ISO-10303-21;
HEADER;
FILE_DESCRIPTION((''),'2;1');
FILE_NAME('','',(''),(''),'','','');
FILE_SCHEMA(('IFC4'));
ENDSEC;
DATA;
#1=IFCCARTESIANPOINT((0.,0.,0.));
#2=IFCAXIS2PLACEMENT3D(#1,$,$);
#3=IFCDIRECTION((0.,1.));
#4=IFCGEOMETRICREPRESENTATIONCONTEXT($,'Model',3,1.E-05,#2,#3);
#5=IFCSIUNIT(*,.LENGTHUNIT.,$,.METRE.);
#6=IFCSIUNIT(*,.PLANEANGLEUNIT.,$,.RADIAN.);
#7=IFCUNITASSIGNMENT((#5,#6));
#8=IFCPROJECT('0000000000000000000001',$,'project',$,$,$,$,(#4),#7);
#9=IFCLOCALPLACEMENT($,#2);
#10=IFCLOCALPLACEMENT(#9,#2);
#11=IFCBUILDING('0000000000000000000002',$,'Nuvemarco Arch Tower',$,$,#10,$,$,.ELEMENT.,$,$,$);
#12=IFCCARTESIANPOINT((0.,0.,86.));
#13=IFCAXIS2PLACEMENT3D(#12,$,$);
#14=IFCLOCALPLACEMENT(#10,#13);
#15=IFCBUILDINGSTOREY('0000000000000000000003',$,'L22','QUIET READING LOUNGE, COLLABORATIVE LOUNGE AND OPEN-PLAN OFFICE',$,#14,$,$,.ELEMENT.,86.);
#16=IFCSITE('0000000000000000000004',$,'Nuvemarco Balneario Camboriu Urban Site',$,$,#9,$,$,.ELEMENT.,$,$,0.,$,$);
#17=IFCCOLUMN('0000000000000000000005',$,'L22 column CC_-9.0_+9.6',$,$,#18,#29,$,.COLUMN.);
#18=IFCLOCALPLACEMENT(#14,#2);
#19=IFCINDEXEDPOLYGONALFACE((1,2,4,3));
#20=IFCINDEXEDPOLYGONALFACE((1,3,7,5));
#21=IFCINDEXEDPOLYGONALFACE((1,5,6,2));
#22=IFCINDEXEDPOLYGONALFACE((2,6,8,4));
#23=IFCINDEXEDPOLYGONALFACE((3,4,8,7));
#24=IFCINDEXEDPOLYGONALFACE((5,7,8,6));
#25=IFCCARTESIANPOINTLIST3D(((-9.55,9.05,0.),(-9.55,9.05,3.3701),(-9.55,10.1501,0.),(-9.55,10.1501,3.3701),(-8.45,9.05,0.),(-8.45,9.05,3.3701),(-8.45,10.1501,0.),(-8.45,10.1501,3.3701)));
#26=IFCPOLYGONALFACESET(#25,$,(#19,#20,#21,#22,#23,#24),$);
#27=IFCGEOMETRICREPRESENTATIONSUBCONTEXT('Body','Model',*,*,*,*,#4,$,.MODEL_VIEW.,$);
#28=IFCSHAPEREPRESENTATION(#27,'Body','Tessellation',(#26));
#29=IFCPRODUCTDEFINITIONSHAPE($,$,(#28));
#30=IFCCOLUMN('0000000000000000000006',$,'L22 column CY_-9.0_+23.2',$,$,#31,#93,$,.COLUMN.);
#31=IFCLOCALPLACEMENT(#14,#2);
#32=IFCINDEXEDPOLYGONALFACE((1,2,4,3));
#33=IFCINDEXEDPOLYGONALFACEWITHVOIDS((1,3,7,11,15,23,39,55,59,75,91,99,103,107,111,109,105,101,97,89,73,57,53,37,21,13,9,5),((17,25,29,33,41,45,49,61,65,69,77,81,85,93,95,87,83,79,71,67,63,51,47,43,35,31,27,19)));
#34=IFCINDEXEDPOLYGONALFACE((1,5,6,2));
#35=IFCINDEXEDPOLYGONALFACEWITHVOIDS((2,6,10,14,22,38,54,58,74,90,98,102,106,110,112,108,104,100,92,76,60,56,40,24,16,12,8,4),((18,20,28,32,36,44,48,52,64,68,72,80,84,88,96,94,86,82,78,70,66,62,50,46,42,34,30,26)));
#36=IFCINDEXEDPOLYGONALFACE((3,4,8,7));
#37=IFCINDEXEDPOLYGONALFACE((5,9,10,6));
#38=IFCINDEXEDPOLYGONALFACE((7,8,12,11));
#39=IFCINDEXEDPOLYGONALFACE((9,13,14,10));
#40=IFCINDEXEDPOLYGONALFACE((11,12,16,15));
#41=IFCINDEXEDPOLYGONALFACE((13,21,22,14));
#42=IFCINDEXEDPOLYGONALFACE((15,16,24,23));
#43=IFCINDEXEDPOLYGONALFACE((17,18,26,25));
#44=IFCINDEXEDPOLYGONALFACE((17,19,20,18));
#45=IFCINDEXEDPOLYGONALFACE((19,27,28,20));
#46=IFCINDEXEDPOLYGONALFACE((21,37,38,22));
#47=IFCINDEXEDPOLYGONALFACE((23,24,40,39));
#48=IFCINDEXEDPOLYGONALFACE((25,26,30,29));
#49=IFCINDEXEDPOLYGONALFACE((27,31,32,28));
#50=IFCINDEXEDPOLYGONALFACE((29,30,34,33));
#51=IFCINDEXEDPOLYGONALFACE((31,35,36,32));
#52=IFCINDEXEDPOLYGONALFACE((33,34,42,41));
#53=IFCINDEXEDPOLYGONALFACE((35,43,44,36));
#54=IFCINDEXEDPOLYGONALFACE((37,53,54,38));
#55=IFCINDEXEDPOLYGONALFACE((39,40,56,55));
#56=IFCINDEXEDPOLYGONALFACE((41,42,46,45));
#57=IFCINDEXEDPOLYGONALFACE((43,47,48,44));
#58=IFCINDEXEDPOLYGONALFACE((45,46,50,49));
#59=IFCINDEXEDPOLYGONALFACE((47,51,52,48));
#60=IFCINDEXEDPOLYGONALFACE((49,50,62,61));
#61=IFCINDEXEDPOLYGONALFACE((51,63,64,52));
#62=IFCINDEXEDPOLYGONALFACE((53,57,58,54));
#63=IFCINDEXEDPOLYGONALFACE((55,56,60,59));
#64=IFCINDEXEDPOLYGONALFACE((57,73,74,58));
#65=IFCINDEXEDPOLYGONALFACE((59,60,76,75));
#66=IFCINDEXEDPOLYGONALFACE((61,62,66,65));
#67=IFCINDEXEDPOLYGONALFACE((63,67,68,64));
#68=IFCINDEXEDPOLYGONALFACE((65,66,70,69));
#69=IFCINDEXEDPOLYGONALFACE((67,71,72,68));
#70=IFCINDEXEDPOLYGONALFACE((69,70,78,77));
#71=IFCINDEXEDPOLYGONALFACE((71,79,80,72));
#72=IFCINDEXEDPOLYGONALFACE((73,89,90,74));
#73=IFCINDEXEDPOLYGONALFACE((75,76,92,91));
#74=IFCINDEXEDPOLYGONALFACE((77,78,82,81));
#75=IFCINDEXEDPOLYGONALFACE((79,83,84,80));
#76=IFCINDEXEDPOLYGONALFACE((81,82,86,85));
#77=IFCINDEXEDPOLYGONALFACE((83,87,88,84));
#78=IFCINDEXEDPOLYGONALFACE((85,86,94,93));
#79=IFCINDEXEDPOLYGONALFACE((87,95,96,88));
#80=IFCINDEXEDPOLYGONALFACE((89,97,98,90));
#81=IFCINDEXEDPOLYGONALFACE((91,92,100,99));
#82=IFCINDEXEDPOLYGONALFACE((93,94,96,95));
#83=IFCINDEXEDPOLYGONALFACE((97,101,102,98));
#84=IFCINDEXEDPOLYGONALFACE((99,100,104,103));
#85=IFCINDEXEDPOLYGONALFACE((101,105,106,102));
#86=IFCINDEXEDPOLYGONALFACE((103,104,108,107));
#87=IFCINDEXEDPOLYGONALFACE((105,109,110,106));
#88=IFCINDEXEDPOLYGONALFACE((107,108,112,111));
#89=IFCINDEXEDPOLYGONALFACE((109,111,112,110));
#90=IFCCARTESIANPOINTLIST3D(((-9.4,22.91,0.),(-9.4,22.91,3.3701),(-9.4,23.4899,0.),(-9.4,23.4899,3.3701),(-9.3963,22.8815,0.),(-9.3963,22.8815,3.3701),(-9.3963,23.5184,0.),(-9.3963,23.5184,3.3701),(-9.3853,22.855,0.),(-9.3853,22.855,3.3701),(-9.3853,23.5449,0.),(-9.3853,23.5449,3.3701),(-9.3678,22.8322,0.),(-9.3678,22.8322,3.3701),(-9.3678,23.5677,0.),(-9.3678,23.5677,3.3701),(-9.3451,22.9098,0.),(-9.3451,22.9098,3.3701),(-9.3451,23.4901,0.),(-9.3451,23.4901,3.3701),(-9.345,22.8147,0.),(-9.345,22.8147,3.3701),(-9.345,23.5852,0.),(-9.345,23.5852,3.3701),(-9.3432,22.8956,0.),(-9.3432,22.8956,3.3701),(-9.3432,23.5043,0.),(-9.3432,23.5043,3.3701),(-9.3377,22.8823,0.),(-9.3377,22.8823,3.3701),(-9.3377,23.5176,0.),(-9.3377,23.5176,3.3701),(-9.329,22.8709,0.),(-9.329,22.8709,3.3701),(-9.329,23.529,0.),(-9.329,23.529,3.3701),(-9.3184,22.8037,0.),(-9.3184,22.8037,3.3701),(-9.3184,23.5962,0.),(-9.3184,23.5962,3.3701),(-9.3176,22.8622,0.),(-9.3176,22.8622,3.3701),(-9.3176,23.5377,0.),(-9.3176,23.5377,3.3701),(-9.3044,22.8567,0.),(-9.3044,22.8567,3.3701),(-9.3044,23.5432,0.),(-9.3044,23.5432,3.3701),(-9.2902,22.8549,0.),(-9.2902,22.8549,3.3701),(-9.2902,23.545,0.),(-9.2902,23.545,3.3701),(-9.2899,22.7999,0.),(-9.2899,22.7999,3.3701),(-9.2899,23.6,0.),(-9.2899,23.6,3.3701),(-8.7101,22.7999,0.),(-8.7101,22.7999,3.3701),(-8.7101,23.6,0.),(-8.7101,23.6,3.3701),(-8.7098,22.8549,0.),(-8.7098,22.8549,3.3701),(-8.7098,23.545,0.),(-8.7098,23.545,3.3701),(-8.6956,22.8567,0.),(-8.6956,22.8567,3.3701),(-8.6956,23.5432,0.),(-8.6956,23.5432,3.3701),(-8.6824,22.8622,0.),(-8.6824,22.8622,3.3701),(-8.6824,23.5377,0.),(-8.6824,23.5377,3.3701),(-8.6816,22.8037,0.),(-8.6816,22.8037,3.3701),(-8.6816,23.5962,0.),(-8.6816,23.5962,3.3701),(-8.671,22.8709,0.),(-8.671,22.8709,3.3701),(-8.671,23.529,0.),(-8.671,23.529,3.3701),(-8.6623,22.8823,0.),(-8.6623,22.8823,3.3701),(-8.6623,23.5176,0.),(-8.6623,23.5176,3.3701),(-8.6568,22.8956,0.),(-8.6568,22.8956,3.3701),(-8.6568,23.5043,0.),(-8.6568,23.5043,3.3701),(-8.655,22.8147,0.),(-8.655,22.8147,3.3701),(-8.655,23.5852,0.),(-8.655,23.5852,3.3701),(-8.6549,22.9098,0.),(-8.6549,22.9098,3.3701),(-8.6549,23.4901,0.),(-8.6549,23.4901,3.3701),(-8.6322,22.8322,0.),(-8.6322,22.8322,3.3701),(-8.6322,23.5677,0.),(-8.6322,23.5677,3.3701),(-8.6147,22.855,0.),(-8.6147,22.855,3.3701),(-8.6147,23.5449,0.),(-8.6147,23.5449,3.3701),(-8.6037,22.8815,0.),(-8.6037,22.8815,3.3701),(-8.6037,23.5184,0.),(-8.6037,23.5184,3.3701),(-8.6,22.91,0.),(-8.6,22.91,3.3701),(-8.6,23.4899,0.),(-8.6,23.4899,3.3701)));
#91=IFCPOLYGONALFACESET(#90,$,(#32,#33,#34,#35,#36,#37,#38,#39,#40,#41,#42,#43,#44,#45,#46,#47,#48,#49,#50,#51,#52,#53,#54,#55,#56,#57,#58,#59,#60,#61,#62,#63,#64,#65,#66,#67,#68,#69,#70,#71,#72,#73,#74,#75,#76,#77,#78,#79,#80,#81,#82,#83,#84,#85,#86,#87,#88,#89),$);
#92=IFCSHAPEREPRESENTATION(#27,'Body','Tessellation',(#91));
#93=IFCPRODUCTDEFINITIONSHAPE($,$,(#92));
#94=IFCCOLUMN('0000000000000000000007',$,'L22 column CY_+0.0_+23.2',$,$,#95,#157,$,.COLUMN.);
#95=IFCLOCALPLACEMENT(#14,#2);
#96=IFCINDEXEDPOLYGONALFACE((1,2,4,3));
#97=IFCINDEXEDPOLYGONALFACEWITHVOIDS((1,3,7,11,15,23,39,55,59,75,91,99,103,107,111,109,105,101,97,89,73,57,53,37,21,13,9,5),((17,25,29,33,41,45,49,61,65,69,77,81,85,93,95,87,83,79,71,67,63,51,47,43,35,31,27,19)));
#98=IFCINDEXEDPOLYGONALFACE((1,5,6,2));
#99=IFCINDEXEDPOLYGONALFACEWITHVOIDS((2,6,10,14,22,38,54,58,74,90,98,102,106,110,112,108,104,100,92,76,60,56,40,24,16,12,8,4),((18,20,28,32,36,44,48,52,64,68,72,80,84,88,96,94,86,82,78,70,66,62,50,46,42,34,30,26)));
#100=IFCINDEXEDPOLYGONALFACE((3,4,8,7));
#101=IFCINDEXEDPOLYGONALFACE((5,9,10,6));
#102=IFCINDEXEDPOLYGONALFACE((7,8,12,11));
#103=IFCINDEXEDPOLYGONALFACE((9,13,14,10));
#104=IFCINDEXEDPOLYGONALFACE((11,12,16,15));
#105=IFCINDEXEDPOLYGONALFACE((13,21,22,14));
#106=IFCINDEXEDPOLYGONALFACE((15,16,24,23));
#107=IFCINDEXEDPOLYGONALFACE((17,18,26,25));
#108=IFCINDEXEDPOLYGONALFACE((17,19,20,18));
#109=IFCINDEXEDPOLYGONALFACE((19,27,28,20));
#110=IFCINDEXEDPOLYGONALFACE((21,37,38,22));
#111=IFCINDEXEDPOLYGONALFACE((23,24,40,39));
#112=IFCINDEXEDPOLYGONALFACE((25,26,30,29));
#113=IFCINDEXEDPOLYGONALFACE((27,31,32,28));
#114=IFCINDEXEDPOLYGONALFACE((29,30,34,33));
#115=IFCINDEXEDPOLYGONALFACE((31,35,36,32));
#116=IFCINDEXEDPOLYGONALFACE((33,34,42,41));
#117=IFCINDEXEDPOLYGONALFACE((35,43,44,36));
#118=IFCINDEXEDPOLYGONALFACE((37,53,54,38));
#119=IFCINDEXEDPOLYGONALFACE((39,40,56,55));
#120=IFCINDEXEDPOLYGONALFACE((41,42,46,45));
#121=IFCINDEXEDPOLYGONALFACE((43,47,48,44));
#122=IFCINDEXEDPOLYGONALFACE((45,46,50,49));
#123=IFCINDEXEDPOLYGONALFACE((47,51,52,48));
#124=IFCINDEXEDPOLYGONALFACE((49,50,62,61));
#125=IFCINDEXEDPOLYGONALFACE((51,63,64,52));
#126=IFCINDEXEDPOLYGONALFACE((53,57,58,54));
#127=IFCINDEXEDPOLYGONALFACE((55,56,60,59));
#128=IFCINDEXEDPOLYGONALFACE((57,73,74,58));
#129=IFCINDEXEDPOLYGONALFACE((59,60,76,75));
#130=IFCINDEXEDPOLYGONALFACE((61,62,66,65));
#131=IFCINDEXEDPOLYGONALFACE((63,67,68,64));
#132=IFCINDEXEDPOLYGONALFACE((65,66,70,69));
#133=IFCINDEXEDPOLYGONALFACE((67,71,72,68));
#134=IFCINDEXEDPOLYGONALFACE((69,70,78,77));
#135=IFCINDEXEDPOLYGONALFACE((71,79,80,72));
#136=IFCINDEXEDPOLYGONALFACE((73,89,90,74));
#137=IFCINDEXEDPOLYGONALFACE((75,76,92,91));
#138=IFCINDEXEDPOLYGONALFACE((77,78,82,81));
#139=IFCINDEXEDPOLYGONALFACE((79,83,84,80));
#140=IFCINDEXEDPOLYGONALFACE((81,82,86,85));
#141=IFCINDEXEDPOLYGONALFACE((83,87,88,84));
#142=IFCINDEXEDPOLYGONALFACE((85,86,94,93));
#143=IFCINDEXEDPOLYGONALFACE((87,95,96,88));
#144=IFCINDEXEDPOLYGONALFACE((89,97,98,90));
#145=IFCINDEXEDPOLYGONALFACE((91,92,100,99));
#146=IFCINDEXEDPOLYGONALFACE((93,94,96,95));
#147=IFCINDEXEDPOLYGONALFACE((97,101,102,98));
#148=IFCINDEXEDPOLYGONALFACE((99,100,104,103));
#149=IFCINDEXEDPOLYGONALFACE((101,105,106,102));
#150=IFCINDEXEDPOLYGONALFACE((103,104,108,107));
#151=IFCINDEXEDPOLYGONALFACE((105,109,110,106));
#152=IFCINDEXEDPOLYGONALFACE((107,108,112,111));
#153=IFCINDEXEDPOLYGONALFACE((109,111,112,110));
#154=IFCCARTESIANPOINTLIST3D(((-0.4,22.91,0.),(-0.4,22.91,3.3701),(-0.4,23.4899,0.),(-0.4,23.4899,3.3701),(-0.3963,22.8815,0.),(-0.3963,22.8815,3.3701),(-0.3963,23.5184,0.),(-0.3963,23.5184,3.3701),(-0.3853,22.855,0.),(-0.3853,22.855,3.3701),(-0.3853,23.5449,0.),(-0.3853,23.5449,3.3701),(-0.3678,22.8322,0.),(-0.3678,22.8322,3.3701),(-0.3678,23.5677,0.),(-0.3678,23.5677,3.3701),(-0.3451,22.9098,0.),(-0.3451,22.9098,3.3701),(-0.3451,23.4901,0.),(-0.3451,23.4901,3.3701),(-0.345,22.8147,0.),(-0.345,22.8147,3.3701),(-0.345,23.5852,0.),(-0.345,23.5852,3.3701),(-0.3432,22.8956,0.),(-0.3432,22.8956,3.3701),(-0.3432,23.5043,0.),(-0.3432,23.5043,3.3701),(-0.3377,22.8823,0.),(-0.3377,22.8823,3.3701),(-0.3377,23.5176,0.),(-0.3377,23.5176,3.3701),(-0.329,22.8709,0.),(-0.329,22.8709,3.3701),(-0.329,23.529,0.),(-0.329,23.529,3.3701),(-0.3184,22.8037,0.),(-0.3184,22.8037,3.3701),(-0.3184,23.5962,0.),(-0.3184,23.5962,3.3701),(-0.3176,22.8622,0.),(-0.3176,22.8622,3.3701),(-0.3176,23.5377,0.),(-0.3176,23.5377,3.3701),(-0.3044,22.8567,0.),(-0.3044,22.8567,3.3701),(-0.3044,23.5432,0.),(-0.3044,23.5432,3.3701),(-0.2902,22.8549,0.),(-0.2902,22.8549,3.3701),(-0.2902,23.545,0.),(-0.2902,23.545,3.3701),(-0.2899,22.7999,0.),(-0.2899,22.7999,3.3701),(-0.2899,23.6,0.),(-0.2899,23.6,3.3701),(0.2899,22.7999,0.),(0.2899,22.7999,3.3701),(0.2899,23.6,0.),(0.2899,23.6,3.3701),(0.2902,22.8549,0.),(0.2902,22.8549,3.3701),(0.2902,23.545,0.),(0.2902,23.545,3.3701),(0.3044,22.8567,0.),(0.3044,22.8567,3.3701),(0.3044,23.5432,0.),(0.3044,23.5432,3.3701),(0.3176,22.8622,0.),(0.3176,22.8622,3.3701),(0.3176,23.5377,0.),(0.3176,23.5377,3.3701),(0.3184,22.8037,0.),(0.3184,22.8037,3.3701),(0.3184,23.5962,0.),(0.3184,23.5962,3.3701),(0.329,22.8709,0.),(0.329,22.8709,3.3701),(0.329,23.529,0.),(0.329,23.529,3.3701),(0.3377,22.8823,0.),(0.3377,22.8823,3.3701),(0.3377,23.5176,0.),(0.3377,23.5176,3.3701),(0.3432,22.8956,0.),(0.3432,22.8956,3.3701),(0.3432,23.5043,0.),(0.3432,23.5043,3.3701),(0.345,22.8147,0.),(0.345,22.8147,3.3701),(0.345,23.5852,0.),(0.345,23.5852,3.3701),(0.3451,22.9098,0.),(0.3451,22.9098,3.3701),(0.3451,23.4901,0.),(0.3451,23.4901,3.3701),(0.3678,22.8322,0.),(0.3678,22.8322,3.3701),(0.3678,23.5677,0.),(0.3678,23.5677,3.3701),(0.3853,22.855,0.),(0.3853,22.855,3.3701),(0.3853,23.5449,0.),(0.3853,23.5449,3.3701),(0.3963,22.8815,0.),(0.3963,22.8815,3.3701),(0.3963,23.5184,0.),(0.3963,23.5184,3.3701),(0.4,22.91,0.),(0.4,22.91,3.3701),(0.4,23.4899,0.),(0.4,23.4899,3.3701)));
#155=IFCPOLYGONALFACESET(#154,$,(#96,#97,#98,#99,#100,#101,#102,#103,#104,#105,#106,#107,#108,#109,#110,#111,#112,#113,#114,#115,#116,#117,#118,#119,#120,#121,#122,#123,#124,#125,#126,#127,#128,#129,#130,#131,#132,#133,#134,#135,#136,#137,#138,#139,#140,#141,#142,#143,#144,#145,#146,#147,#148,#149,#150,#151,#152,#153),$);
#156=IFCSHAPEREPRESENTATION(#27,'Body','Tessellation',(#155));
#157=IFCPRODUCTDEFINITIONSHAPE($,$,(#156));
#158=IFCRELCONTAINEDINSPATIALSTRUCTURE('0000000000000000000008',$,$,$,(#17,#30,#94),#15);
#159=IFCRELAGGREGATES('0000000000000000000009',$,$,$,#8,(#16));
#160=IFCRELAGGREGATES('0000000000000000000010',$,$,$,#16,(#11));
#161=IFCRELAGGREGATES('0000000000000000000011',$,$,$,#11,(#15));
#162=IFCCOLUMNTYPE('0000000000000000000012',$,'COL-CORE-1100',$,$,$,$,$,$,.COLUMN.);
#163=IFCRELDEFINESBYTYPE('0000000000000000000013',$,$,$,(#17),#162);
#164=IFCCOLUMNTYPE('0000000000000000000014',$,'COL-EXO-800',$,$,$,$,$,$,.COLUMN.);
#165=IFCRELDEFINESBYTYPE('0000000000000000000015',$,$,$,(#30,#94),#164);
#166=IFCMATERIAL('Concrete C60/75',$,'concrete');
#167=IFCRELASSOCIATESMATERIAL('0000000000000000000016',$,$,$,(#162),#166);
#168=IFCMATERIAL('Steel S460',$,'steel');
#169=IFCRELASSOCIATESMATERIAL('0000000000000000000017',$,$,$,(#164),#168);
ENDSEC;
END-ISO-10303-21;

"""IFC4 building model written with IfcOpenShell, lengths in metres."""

from ifc_helpers import new_model, si_unit, direction, frame, origin, origin_2d, place, context, subcontext, project, spatial, rectangle, hollow_rectangle, extrude, material, material_profile, profile_set, type_object, element, save


model = new_model("IFC4")

# Units and contexts
model_context = context("Model", 3, precision=1e-05, world=origin(), true_north=direction((0.0, 1.0)))
body_context = subcontext(model_context, "Body", "Model", "MODEL_VIEW")
ifc_project = project(units=[si_unit("LENGTHUNIT", "METRE"), si_unit("PLANEANGLEUNIT", "RADIAN")], contexts=[model_context])

# Site, building, storey
site_placement = place(None, origin())
site = spatial("IfcSite", under=ifc_project, at=site_placement, Name="Nuvemarco Balneario Camboriu Urban Site", CompositionType="ELEMENT", RefElevation=0.0)
building_placement = place(site_placement, origin())
building = spatial("IfcBuilding", under=site, at=building_placement, Name="Nuvemarco Arch Tower", CompositionType="ELEMENT")
storey_placement = place(building_placement, frame((0.0, 0.0, 86.0)))
storey = spatial("IfcBuildingStorey", under=building, at=storey_placement, Name="L22", Description="QUIET READING LOUNGE, COLLABORATIVE LOUNGE AND OPEN-PLAN OFFICE", CompositionType="ELEMENT", Elevation=86.0)

# Columns
ifc_material_1 = material(Name="Concrete C60/75", Category="concrete")
ifc_material_profile_1 = material_profile(ifc_material_1, rectangle(XDim=1.1001, YDim=1.1001, at=origin_2d()), Name="RC-COL-1100x1100")
ifc_profile_set_1 = profile_set([ifc_material_profile_1], Name="Concrete C60/75")
column_type_1 = type_object("IfcColumnType", Name="COL-CORE-1100", PredefinedType="COLUMN", material=ifc_profile_set_1)
column_1_placement = place(storey_placement, frame((-9.0, 9.6001, 0.0), z_axis=(0.0, 0.0, 1.0), x_axis=(1.0, 0.0, 0.0)))
element("IfcColumn", 1, at=column_1_placement, inside=storey, type_object=column_type_1, Name="L22 column CC_-9.0_+9.6", PredefinedType="COLUMN", context=body_context, shape_type="SweptSolid", body=[
    extrude(rectangle(XDim=1.1001, YDim=1.1001, at=origin_2d()), origin(), (0.0, 0.0, 1.0), 3.3701),
])
ifc_material_2 = material(Name="Steel S460", Category="steel")
ifc_material_profile_2 = material_profile(ifc_material_2, hollow_rectangle(XDim=0.8, YDim=0.8, WallThickness=0.0549, InnerFilletRadius=0.0549, OuterFilletRadius=0.1101, at=origin_2d()), Name="SHS800x800x55")
ifc_profile_set_2 = profile_set([ifc_material_profile_2], Name="Steel S460")
column_type_2 = type_object("IfcColumnType", Name="COL-EXO-800", PredefinedType="COLUMN", material=ifc_profile_set_2)
for number, where, z_axis, x_axis, name in (
    (2, (-9.0, 23.2, 0.0), (0.0, 0.0, 1.0), (1.0, 0.0, 0.0), "L22 column CY_-9.0_+23.2"),
    (3, (0.0, 23.2, 0.0), (0.0, 0.0, 1.0), (1.0, 0.0, 0.0), "L22 column CY_+0.0_+23.2"),
):
    element("IfcColumn", number, at=place(storey_placement, frame(where, z_axis=z_axis, x_axis=x_axis)), inside=storey, type_object=column_type_2, Name=name, PredefinedType="COLUMN", context=body_context, shape_type="SweptSolid", body=[
        extrude(hollow_rectangle(XDim=0.8, YDim=0.8, WallThickness=0.0549, InnerFilletRadius=0.0549, OuterFilletRadius=0.1101, at=origin_2d()), origin(), (0.0, 0.0, 1.0), 3.3701),
    ])

save(model, "model.ifc")
